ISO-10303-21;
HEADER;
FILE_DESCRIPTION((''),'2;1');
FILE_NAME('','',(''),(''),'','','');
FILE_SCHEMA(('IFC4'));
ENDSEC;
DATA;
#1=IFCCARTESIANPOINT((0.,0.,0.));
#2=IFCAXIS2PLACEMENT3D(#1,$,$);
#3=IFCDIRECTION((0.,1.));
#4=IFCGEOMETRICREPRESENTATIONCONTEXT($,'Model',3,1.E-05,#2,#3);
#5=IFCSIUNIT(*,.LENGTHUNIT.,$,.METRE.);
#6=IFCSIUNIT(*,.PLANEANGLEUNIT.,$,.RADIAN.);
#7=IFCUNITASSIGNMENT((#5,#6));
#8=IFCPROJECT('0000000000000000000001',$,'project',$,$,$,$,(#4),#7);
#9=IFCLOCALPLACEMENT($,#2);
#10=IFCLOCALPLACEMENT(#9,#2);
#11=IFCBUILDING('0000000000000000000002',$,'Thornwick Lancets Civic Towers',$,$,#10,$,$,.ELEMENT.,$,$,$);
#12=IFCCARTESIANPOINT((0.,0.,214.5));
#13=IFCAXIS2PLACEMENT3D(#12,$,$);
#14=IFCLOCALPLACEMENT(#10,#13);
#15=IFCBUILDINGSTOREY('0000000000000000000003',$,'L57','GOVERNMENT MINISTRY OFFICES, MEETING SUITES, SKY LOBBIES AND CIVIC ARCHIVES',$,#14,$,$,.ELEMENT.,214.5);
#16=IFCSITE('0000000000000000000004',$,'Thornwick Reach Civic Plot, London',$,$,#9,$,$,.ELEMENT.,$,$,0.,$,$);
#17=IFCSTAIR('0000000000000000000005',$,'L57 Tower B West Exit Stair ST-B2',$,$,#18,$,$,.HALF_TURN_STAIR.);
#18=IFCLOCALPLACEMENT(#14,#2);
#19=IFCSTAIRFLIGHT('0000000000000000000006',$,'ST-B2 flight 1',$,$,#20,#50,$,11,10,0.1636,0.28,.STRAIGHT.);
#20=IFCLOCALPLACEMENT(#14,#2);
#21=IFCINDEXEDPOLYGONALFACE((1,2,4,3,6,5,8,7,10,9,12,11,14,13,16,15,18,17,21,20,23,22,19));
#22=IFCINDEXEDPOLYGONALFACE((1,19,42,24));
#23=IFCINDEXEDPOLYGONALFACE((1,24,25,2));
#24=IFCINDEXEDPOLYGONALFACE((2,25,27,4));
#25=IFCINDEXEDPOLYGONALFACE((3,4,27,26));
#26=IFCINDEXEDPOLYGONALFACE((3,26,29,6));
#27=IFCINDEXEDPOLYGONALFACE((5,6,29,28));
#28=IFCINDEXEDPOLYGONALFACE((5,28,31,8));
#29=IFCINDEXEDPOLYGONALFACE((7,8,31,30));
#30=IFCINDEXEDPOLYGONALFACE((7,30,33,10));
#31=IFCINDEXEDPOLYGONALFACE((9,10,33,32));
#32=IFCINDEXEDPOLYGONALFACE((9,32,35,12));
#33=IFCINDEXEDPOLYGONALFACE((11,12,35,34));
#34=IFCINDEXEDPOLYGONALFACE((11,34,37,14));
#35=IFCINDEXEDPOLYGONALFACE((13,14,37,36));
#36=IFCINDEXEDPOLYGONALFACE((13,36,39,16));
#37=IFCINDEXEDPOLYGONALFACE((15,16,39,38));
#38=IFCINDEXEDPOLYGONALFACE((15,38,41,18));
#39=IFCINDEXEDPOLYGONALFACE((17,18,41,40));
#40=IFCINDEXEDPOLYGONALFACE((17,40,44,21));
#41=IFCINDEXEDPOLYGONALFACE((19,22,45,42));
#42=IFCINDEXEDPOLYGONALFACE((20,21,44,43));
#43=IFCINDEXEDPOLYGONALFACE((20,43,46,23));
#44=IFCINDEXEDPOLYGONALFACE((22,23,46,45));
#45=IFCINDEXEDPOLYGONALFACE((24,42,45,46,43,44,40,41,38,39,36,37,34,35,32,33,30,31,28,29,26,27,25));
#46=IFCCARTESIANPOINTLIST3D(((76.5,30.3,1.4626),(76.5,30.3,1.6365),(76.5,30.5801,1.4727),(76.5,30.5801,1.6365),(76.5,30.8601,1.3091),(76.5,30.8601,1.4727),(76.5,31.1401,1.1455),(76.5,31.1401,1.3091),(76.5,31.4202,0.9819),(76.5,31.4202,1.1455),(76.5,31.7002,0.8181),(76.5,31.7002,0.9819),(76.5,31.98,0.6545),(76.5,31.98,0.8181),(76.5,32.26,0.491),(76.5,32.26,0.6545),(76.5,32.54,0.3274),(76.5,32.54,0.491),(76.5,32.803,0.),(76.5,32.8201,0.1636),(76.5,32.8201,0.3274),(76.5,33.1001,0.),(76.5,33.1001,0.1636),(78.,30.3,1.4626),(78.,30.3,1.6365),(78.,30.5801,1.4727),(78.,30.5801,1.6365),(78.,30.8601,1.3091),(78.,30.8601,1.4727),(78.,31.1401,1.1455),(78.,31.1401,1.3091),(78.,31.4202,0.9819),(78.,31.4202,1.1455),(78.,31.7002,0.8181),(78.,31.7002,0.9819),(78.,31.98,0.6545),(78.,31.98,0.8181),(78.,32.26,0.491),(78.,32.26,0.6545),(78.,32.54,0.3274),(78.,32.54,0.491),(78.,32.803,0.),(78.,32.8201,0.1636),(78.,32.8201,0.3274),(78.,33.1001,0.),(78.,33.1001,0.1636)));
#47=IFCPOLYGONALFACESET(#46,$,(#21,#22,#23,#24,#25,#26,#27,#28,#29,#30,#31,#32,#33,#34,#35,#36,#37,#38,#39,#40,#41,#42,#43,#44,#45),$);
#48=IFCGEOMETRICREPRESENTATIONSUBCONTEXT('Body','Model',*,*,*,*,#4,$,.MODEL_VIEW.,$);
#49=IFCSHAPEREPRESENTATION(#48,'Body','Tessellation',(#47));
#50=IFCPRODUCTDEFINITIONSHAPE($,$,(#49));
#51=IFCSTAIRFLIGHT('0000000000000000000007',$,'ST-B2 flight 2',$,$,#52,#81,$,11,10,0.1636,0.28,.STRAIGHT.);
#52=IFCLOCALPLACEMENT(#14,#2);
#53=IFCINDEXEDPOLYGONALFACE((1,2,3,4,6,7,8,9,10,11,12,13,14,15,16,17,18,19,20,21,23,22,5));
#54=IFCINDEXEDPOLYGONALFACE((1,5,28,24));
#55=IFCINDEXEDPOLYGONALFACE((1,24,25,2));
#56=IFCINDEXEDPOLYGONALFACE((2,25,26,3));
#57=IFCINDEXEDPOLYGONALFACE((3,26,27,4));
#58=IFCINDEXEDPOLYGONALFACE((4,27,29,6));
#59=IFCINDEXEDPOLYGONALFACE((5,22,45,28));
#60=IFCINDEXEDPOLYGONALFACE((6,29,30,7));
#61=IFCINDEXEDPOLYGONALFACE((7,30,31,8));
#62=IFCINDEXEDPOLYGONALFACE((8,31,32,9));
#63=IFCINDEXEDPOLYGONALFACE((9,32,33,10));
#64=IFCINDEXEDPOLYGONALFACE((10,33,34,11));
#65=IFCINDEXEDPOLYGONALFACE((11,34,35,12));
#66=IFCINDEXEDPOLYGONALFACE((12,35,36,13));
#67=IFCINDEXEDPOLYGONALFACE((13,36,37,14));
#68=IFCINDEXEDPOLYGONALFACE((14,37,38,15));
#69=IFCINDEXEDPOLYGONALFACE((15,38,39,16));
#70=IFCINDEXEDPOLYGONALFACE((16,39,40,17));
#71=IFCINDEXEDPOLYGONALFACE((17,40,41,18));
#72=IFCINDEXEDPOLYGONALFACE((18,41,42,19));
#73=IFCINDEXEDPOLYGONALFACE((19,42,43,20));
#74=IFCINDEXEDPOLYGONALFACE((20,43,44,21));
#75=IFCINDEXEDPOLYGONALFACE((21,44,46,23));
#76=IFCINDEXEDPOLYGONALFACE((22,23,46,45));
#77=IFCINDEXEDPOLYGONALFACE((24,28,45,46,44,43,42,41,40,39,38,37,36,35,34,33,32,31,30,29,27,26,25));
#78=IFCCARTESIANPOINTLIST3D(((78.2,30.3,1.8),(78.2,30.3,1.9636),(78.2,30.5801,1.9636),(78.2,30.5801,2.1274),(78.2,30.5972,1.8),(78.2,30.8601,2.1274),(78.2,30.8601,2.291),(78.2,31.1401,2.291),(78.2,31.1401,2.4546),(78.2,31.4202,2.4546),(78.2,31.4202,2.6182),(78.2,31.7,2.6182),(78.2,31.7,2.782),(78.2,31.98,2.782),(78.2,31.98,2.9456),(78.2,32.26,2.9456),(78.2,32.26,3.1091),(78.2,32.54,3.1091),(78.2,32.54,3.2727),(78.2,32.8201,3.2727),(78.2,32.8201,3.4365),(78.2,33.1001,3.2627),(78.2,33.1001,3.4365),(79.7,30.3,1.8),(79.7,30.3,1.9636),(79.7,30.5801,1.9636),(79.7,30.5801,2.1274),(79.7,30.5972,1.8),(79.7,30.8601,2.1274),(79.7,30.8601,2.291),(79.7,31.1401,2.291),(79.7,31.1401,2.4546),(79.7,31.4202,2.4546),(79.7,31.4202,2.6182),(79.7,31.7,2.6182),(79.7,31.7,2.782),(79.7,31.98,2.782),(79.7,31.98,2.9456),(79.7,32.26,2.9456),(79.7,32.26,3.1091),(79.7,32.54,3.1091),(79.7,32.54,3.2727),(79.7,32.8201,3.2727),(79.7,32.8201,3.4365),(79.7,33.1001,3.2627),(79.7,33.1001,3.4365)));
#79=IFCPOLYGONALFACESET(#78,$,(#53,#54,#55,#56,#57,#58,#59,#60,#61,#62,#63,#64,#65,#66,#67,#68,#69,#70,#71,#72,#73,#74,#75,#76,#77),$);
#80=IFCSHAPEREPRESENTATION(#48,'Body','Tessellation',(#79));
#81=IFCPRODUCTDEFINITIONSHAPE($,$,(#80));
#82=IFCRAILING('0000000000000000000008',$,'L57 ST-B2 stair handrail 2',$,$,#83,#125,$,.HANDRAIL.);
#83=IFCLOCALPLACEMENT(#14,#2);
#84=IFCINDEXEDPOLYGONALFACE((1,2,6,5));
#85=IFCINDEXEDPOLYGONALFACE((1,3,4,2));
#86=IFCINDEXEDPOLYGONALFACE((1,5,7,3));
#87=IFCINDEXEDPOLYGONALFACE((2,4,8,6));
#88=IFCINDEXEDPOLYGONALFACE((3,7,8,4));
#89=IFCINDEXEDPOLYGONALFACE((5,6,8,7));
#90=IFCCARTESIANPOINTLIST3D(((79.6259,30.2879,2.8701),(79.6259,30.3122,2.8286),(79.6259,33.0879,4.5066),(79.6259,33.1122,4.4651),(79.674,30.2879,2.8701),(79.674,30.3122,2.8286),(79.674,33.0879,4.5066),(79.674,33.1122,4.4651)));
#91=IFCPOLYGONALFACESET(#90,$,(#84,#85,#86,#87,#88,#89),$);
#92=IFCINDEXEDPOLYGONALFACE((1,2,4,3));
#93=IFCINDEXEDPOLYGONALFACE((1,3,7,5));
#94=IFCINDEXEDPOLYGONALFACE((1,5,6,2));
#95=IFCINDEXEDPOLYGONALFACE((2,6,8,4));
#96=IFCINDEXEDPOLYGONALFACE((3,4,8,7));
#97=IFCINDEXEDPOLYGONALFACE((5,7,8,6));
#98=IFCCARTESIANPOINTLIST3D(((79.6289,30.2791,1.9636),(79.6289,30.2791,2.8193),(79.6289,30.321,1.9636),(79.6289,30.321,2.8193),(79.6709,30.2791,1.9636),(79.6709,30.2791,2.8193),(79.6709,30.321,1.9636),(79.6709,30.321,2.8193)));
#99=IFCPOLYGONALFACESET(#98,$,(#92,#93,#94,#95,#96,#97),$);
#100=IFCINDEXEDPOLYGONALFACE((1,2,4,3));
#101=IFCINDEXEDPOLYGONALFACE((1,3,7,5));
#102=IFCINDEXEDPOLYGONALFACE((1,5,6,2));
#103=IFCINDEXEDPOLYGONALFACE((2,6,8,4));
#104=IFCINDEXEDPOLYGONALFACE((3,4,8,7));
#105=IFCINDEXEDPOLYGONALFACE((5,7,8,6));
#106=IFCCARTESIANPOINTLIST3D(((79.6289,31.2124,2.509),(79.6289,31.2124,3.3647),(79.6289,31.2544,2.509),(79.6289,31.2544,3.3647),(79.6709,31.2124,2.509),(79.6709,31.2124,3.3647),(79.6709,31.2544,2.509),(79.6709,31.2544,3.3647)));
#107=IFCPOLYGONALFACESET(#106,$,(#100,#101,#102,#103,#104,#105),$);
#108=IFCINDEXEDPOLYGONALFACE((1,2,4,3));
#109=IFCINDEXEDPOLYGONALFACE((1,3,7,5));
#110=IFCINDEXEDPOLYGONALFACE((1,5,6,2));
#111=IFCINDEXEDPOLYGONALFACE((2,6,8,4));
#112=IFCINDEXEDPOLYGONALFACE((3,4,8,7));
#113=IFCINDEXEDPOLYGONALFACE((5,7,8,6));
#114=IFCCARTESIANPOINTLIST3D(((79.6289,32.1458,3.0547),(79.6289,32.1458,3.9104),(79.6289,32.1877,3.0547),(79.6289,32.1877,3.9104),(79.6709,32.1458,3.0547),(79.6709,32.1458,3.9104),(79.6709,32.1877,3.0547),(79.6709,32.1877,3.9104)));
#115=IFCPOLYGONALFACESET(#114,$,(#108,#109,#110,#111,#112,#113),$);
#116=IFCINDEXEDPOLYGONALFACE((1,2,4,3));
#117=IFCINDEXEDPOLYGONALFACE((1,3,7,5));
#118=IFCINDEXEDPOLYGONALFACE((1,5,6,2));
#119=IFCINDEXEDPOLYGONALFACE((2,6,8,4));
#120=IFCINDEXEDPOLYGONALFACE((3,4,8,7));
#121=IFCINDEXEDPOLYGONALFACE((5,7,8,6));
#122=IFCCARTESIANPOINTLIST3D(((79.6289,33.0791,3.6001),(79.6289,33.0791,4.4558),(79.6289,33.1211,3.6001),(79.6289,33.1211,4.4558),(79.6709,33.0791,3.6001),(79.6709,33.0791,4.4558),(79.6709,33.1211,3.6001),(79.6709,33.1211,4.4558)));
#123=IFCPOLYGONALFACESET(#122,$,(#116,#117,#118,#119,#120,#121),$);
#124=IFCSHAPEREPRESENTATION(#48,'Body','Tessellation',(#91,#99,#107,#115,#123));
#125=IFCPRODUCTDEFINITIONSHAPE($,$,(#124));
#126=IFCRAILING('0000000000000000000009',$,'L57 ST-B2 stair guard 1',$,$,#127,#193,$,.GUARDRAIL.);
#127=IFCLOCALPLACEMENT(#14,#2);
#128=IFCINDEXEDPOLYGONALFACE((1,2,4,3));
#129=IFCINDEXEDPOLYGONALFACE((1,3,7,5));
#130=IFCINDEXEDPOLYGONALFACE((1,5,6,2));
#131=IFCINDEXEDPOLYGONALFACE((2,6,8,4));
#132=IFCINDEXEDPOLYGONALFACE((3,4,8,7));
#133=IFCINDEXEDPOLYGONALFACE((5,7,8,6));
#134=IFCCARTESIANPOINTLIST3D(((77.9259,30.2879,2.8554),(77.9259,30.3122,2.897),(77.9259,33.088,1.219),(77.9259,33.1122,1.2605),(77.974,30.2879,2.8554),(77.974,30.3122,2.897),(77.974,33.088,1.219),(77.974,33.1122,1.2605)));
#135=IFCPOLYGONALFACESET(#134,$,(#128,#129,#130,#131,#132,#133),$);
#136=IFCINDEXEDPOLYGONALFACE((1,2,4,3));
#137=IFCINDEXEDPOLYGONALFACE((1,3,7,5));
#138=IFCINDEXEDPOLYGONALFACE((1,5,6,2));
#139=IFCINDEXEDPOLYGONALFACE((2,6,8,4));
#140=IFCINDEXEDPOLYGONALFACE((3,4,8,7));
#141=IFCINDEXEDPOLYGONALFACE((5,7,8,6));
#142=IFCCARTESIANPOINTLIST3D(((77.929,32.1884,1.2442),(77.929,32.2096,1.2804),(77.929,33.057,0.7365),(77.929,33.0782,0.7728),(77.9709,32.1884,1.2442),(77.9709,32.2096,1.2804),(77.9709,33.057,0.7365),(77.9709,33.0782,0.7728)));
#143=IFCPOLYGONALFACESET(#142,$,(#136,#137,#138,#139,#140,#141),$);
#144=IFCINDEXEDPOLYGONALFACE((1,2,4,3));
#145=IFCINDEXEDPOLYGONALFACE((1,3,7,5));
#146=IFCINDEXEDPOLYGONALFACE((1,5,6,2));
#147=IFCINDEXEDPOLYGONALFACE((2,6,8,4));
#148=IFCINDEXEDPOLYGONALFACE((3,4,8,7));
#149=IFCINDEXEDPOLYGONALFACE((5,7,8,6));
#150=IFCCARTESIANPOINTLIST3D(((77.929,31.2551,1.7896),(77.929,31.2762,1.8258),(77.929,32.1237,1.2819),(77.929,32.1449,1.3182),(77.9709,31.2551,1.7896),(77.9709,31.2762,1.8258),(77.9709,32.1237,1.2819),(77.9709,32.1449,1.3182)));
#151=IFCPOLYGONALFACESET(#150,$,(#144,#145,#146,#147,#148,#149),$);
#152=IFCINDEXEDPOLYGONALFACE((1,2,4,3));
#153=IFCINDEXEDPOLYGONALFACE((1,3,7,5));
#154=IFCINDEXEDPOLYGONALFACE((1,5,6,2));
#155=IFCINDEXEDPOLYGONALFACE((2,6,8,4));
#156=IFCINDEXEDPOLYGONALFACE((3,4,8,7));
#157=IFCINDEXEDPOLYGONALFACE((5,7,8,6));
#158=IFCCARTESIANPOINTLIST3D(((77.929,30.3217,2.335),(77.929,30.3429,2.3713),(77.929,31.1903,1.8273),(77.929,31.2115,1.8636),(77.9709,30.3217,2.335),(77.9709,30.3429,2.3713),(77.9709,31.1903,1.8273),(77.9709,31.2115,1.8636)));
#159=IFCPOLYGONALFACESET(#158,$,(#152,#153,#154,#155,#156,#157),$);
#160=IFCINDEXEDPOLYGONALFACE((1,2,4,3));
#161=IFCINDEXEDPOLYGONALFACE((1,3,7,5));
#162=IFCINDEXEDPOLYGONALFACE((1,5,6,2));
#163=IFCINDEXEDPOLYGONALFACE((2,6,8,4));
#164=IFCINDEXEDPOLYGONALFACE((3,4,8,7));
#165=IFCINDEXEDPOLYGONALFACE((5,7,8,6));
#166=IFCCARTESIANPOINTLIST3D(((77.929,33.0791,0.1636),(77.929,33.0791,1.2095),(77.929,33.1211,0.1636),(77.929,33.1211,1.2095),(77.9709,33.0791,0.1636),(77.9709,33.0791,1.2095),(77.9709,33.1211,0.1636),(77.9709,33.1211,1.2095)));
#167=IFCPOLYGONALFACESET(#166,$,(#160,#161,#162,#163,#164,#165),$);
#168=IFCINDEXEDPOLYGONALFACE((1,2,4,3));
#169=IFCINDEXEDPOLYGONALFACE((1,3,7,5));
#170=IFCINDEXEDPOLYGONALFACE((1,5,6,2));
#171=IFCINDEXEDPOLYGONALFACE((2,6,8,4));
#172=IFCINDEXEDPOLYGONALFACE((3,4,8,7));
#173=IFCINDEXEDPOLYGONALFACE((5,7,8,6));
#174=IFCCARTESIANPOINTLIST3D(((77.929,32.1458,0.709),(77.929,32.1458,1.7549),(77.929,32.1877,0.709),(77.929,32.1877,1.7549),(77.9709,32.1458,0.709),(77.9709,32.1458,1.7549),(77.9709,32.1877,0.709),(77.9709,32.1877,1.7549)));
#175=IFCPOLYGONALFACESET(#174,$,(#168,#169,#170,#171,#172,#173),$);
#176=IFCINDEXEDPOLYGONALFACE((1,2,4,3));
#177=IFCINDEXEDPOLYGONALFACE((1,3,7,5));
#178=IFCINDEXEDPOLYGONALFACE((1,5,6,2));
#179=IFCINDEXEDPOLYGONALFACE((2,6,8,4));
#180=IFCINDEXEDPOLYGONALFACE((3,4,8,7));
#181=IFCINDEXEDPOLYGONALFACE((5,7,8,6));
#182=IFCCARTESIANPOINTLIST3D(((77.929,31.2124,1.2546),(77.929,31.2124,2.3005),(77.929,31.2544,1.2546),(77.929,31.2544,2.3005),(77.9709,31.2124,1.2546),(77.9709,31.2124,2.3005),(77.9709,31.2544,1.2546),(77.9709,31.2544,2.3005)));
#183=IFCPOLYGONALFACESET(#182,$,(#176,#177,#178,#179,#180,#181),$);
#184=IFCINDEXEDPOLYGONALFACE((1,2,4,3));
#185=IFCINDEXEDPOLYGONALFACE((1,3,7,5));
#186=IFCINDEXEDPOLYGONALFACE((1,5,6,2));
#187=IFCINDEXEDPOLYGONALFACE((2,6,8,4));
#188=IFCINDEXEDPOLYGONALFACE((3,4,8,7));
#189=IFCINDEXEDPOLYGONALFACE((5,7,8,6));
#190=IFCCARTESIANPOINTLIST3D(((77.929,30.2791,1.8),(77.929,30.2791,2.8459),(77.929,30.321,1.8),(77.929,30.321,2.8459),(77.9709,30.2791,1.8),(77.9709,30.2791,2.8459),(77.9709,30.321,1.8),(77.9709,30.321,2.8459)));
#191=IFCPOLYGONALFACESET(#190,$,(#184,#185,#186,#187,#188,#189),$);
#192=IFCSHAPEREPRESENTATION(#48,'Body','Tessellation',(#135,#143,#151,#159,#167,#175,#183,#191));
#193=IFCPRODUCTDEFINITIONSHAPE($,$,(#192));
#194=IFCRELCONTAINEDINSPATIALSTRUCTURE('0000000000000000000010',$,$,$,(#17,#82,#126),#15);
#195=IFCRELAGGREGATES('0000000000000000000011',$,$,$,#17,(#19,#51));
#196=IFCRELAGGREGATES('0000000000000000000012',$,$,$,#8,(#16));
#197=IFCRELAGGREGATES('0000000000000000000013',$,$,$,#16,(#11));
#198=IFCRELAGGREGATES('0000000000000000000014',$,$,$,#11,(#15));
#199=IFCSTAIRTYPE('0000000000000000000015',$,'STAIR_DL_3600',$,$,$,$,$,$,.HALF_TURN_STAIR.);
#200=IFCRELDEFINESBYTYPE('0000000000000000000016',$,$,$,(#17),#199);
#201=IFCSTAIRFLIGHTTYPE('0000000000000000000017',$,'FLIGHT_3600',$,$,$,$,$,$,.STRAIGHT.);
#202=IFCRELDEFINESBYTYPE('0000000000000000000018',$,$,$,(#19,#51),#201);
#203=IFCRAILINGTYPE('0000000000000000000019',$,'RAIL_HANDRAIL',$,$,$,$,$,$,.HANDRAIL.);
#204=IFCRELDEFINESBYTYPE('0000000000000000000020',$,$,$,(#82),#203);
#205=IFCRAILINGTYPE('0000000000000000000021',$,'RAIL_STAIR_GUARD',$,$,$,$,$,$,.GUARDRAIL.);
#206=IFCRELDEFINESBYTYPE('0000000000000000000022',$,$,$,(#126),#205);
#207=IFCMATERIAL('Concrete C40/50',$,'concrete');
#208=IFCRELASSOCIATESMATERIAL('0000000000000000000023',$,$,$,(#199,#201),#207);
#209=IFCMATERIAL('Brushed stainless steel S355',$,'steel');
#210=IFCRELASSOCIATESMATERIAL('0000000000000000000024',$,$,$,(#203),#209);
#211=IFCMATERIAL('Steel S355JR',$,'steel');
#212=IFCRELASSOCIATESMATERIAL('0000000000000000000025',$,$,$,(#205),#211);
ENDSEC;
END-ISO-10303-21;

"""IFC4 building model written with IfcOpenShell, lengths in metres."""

from ifc_helpers import new_model, si_unit, direction, frame, origin, origin_2d, place, context, subcontext, project, spatial, polyline, rectangle, outline, extrude, material, type_object, element, aggregate, save


model = new_model("IFC4")

# Units and contexts
model_context = context("Model", 3, precision=1e-05, world=origin(), true_north=direction((0.0, 1.0)))
body_context = subcontext(model_context, "Body", "Model", "MODEL_VIEW")
ifc_project = project(units=[si_unit("LENGTHUNIT", "METRE"), si_unit("PLANEANGLEUNIT", "RADIAN")], contexts=[model_context])

# Site, building, storey
site_placement = place(None, origin())
site = spatial("IfcSite", under=ifc_project, at=site_placement, Name="Thornwick Reach Civic Plot, London", CompositionType="ELEMENT", RefElevation=0.0)
building_placement = place(site_placement, origin())
building = spatial("IfcBuilding", under=site, at=building_placement, Name="Thornwick Lancets Civic Towers", CompositionType="ELEMENT")
storey_placement = place(building_placement, frame((0.0, 0.0, 214.5)))
storey = spatial("IfcBuildingStorey", under=building, at=storey_placement, Name="L57", Description="GOVERNMENT MINISTRY OFFICES, MEETING SUITES, SKY LOBBIES AND CIVIC ARCHIVES", CompositionType="ELEMENT", Elevation=214.5)

# Shared definitions
ifc_material_1 = material(Name="Concrete C40/50", Category="concrete")

# Stair, stair flights
stair_type = type_object("IfcStairType", Name="STAIR_DL_3600", PredefinedType="HALF_TURN_STAIR", material=ifc_material_1)
stair_placement = place(storey_placement, origin())
stair = element("IfcStair", 1, at=stair_placement, inside=storey, type_object=stair_type, Name="L57 Tower B West Exit Stair ST-B2", PredefinedType="HALF_TURN_STAIR")
stair_flight_type = type_object("IfcStairFlightType", Name="FLIGHT_3600", PredefinedType="STRAIGHT", material=ifc_material_1)
stair_flight_1_placement = place(storey_placement, frame((77.25, 33.1001, 0.0), z_axis=(0.0, 0.0, 1.0), x_axis=(0.0, -1.0, 0.0)))
stair_flight_1 = element("IfcStairFlight", 2, at=stair_flight_1_placement, type_object=stair_flight_type, Name="ST-B2 flight 1", NumberOfRisers=11, NumberOfTreads=10, PredefinedType="STRAIGHT", RiserHeight=0.1636, TreadLength=0.28, context=body_context, shape_type="SweptSolid", body=[
    extrude(outline(polyline([(0.0, 0.0), (0.0, 0.1636), (0.28, 0.1636), (0.28, 0.3274), (0.5601, 0.3274), (0.5601, 0.491), (0.8401, 0.491), (0.8401, 0.6545), (1.1201, 0.6545), (1.1201, 0.8181), (1.3999, 0.8181), (1.3999, 0.9819), (1.6799, 0.9819), (1.6799, 1.1455), (1.96, 1.1455), (1.96, 1.3091), (2.24, 1.3091), (2.24, 1.4727), (2.52, 1.4727), (2.52, 1.6365), (2.8, 1.6365), (2.8, 1.8), (2.8, 1.4626), (0.2971, 0.0), (0.0, 0.0)])), frame((0.0, 0.75, 0.0), z_axis=(0.0, -1.0, 0.0), x_axis=(1.0, 0.0, 0.0)), (0.0, 0.0, 1.0), 1.5),
])
stair_flight_2_placement = place(storey_placement, frame((78.95, 30.3, 1.8), z_axis=(0.0, 0.0, 1.0), x_axis=(0.0, 1.0, 0.0)))
stair_flight_2 = element("IfcStairFlight", 3, at=stair_flight_2_placement, type_object=stair_flight_type, Name="ST-B2 flight 2", NumberOfRisers=11, NumberOfTreads=10, PredefinedType="STRAIGHT", RiserHeight=0.1636, TreadLength=0.28, context=body_context, shape_type="SweptSolid", body=[
    extrude(outline(polyline([(0.0, 0.0), (0.0, 0.1636), (0.28, 0.1636), (0.28, 0.3274), (0.5601, 0.3274), (0.5601, 0.491), (0.8401, 0.491), (0.8401, 0.6545), (1.1201, 0.6545), (1.1201, 0.8181), (1.3999, 0.8181), (1.3999, 0.9819), (1.6799, 0.9819), (1.6799, 1.1455), (1.96, 1.1455), (1.96, 1.3091), (2.24, 1.3091), (2.24, 1.4727), (2.52, 1.4727), (2.52, 1.6365), (2.8, 1.6365), (2.8, 1.8), (2.8, 1.4626), (0.2971, 0.0), (0.0, 0.0)])), frame((0.0, 0.75, 0.0), z_axis=(0.0, -1.0, 0.0), x_axis=(1.0, 0.0, 0.0)), (0.0, 0.0, 1.0), 1.5),
])
aggregate(stair, [stair_flight_1, stair_flight_2])

# Railings
ifc_material_2 = material(Name="Brushed stainless steel S355", Category="steel")
railing_type_1 = type_object("IfcRailingType", Name="RAIL_HANDRAIL", PredefinedType="HANDRAIL", material=ifc_material_2)
railing_1_placement = place(storey_placement, frame((79.6499, 30.3, 1.9636)))
element("IfcRailing", 4, at=railing_1_placement, inside=storey, type_object=railing_type_1, Name="L57 ST-B2 stair handrail 2", PredefinedType="HANDRAIL", context=body_context, shape_type="SweptSolid", body=[
    extrude(rectangle(XDim=0.0481, YDim=0.0481, at=origin_2d()), frame((0.0, 0.0, 0.8857), z_axis=(0.0, 0.863361, 0.504587), x_axis=(-1.0, 0.0, 0.0)), (0.0, 0.0, 1.0), 3.2432),
    extrude(rectangle(XDim=0.042, YDim=0.042, at=origin_2d()), origin(), (0.0, 0.0, 1.0), 0.8557),
    extrude(rectangle(XDim=0.042, YDim=0.042, at=origin_2d()), frame((0.0, 0.9333, 0.5454)), (0.0, 0.0, 1.0), 0.8557),
    extrude(rectangle(XDim=0.042, YDim=0.042, at=origin_2d()), frame((0.0, 1.8667, 1.0911)), (0.0, 0.0, 1.0), 0.8557),
    extrude(rectangle(XDim=0.042, YDim=0.042, at=origin_2d()), frame((0.0, 2.8, 1.6365)), (0.0, 0.0, 1.0), 0.8557),
])
ifc_material_3 = material(Name="Steel S355JR", Category="steel")
railing_type_2 = type_object("IfcRailingType", Name="RAIL_STAIR_GUARD", PredefinedType="GUARDRAIL", material=ifc_material_3)
railing_2_placement = place(storey_placement, frame((77.95, 33.1001, 0.1636)))
element("IfcRailing", 5, at=railing_2_placement, inside=storey, type_object=railing_type_2, Name="L57 ST-B2 stair guard 1", PredefinedType="GUARDRAIL", context=body_context, shape_type="SweptSolid", body=[
    extrude(rectangle(XDim=0.0481, YDim=0.0481, at=origin_2d()), frame((0.0, 0.0, 1.0762), z_axis=(0.0, -0.863361, 0.504587), x_axis=(1.0, 0.0, 0.0)), (0.0, 0.0, 1.0), 3.2432),
    extrude(rectangle(XDim=0.042, YDim=0.042, at=origin_2d()), frame((0.0, -0.0325, 0.5911), z_axis=(0.0, -0.863361, 0.504587), x_axis=(1.0, 0.0, 0.0)), (0.0, 0.0, 1.0), 1.0061),
    extrude(rectangle(XDim=0.042, YDim=0.042, at=origin_2d()), frame((0.0, -0.9658, 1.1365), z_axis=(0.0, -0.863361, 0.504587), x_axis=(1.0, 0.0, 0.0)), (0.0, 0.0, 1.0), 1.0061),
    extrude(rectangle(XDim=0.042, YDim=0.042, at=origin_2d()), frame((0.0, -1.8992, 1.6819), z_axis=(0.0, -0.863361, 0.504587), x_axis=(1.0, 0.0, 0.0)), (0.0, 0.0, 1.0), 1.0061),
    extrude(rectangle(XDim=0.042, YDim=0.042, at=origin_2d()), origin(), (0.0, 0.0, 1.0), 1.0459),
    extrude(rectangle(XDim=0.042, YDim=0.042, at=origin_2d()), frame((0.0, -0.9333, 0.5454)), (0.0, 0.0, 1.0), 1.0459),
    extrude(rectangle(XDim=0.042, YDim=0.042, at=origin_2d()), frame((0.0, -1.8667, 1.0911)), (0.0, 0.0, 1.0), 1.0459),
    extrude(rectangle(XDim=0.042, YDim=0.042, at=origin_2d()), frame((0.0, -2.8, 1.6365)), (0.0, 0.0, 1.0), 1.0459),
])

save(model, "model.ifc")
